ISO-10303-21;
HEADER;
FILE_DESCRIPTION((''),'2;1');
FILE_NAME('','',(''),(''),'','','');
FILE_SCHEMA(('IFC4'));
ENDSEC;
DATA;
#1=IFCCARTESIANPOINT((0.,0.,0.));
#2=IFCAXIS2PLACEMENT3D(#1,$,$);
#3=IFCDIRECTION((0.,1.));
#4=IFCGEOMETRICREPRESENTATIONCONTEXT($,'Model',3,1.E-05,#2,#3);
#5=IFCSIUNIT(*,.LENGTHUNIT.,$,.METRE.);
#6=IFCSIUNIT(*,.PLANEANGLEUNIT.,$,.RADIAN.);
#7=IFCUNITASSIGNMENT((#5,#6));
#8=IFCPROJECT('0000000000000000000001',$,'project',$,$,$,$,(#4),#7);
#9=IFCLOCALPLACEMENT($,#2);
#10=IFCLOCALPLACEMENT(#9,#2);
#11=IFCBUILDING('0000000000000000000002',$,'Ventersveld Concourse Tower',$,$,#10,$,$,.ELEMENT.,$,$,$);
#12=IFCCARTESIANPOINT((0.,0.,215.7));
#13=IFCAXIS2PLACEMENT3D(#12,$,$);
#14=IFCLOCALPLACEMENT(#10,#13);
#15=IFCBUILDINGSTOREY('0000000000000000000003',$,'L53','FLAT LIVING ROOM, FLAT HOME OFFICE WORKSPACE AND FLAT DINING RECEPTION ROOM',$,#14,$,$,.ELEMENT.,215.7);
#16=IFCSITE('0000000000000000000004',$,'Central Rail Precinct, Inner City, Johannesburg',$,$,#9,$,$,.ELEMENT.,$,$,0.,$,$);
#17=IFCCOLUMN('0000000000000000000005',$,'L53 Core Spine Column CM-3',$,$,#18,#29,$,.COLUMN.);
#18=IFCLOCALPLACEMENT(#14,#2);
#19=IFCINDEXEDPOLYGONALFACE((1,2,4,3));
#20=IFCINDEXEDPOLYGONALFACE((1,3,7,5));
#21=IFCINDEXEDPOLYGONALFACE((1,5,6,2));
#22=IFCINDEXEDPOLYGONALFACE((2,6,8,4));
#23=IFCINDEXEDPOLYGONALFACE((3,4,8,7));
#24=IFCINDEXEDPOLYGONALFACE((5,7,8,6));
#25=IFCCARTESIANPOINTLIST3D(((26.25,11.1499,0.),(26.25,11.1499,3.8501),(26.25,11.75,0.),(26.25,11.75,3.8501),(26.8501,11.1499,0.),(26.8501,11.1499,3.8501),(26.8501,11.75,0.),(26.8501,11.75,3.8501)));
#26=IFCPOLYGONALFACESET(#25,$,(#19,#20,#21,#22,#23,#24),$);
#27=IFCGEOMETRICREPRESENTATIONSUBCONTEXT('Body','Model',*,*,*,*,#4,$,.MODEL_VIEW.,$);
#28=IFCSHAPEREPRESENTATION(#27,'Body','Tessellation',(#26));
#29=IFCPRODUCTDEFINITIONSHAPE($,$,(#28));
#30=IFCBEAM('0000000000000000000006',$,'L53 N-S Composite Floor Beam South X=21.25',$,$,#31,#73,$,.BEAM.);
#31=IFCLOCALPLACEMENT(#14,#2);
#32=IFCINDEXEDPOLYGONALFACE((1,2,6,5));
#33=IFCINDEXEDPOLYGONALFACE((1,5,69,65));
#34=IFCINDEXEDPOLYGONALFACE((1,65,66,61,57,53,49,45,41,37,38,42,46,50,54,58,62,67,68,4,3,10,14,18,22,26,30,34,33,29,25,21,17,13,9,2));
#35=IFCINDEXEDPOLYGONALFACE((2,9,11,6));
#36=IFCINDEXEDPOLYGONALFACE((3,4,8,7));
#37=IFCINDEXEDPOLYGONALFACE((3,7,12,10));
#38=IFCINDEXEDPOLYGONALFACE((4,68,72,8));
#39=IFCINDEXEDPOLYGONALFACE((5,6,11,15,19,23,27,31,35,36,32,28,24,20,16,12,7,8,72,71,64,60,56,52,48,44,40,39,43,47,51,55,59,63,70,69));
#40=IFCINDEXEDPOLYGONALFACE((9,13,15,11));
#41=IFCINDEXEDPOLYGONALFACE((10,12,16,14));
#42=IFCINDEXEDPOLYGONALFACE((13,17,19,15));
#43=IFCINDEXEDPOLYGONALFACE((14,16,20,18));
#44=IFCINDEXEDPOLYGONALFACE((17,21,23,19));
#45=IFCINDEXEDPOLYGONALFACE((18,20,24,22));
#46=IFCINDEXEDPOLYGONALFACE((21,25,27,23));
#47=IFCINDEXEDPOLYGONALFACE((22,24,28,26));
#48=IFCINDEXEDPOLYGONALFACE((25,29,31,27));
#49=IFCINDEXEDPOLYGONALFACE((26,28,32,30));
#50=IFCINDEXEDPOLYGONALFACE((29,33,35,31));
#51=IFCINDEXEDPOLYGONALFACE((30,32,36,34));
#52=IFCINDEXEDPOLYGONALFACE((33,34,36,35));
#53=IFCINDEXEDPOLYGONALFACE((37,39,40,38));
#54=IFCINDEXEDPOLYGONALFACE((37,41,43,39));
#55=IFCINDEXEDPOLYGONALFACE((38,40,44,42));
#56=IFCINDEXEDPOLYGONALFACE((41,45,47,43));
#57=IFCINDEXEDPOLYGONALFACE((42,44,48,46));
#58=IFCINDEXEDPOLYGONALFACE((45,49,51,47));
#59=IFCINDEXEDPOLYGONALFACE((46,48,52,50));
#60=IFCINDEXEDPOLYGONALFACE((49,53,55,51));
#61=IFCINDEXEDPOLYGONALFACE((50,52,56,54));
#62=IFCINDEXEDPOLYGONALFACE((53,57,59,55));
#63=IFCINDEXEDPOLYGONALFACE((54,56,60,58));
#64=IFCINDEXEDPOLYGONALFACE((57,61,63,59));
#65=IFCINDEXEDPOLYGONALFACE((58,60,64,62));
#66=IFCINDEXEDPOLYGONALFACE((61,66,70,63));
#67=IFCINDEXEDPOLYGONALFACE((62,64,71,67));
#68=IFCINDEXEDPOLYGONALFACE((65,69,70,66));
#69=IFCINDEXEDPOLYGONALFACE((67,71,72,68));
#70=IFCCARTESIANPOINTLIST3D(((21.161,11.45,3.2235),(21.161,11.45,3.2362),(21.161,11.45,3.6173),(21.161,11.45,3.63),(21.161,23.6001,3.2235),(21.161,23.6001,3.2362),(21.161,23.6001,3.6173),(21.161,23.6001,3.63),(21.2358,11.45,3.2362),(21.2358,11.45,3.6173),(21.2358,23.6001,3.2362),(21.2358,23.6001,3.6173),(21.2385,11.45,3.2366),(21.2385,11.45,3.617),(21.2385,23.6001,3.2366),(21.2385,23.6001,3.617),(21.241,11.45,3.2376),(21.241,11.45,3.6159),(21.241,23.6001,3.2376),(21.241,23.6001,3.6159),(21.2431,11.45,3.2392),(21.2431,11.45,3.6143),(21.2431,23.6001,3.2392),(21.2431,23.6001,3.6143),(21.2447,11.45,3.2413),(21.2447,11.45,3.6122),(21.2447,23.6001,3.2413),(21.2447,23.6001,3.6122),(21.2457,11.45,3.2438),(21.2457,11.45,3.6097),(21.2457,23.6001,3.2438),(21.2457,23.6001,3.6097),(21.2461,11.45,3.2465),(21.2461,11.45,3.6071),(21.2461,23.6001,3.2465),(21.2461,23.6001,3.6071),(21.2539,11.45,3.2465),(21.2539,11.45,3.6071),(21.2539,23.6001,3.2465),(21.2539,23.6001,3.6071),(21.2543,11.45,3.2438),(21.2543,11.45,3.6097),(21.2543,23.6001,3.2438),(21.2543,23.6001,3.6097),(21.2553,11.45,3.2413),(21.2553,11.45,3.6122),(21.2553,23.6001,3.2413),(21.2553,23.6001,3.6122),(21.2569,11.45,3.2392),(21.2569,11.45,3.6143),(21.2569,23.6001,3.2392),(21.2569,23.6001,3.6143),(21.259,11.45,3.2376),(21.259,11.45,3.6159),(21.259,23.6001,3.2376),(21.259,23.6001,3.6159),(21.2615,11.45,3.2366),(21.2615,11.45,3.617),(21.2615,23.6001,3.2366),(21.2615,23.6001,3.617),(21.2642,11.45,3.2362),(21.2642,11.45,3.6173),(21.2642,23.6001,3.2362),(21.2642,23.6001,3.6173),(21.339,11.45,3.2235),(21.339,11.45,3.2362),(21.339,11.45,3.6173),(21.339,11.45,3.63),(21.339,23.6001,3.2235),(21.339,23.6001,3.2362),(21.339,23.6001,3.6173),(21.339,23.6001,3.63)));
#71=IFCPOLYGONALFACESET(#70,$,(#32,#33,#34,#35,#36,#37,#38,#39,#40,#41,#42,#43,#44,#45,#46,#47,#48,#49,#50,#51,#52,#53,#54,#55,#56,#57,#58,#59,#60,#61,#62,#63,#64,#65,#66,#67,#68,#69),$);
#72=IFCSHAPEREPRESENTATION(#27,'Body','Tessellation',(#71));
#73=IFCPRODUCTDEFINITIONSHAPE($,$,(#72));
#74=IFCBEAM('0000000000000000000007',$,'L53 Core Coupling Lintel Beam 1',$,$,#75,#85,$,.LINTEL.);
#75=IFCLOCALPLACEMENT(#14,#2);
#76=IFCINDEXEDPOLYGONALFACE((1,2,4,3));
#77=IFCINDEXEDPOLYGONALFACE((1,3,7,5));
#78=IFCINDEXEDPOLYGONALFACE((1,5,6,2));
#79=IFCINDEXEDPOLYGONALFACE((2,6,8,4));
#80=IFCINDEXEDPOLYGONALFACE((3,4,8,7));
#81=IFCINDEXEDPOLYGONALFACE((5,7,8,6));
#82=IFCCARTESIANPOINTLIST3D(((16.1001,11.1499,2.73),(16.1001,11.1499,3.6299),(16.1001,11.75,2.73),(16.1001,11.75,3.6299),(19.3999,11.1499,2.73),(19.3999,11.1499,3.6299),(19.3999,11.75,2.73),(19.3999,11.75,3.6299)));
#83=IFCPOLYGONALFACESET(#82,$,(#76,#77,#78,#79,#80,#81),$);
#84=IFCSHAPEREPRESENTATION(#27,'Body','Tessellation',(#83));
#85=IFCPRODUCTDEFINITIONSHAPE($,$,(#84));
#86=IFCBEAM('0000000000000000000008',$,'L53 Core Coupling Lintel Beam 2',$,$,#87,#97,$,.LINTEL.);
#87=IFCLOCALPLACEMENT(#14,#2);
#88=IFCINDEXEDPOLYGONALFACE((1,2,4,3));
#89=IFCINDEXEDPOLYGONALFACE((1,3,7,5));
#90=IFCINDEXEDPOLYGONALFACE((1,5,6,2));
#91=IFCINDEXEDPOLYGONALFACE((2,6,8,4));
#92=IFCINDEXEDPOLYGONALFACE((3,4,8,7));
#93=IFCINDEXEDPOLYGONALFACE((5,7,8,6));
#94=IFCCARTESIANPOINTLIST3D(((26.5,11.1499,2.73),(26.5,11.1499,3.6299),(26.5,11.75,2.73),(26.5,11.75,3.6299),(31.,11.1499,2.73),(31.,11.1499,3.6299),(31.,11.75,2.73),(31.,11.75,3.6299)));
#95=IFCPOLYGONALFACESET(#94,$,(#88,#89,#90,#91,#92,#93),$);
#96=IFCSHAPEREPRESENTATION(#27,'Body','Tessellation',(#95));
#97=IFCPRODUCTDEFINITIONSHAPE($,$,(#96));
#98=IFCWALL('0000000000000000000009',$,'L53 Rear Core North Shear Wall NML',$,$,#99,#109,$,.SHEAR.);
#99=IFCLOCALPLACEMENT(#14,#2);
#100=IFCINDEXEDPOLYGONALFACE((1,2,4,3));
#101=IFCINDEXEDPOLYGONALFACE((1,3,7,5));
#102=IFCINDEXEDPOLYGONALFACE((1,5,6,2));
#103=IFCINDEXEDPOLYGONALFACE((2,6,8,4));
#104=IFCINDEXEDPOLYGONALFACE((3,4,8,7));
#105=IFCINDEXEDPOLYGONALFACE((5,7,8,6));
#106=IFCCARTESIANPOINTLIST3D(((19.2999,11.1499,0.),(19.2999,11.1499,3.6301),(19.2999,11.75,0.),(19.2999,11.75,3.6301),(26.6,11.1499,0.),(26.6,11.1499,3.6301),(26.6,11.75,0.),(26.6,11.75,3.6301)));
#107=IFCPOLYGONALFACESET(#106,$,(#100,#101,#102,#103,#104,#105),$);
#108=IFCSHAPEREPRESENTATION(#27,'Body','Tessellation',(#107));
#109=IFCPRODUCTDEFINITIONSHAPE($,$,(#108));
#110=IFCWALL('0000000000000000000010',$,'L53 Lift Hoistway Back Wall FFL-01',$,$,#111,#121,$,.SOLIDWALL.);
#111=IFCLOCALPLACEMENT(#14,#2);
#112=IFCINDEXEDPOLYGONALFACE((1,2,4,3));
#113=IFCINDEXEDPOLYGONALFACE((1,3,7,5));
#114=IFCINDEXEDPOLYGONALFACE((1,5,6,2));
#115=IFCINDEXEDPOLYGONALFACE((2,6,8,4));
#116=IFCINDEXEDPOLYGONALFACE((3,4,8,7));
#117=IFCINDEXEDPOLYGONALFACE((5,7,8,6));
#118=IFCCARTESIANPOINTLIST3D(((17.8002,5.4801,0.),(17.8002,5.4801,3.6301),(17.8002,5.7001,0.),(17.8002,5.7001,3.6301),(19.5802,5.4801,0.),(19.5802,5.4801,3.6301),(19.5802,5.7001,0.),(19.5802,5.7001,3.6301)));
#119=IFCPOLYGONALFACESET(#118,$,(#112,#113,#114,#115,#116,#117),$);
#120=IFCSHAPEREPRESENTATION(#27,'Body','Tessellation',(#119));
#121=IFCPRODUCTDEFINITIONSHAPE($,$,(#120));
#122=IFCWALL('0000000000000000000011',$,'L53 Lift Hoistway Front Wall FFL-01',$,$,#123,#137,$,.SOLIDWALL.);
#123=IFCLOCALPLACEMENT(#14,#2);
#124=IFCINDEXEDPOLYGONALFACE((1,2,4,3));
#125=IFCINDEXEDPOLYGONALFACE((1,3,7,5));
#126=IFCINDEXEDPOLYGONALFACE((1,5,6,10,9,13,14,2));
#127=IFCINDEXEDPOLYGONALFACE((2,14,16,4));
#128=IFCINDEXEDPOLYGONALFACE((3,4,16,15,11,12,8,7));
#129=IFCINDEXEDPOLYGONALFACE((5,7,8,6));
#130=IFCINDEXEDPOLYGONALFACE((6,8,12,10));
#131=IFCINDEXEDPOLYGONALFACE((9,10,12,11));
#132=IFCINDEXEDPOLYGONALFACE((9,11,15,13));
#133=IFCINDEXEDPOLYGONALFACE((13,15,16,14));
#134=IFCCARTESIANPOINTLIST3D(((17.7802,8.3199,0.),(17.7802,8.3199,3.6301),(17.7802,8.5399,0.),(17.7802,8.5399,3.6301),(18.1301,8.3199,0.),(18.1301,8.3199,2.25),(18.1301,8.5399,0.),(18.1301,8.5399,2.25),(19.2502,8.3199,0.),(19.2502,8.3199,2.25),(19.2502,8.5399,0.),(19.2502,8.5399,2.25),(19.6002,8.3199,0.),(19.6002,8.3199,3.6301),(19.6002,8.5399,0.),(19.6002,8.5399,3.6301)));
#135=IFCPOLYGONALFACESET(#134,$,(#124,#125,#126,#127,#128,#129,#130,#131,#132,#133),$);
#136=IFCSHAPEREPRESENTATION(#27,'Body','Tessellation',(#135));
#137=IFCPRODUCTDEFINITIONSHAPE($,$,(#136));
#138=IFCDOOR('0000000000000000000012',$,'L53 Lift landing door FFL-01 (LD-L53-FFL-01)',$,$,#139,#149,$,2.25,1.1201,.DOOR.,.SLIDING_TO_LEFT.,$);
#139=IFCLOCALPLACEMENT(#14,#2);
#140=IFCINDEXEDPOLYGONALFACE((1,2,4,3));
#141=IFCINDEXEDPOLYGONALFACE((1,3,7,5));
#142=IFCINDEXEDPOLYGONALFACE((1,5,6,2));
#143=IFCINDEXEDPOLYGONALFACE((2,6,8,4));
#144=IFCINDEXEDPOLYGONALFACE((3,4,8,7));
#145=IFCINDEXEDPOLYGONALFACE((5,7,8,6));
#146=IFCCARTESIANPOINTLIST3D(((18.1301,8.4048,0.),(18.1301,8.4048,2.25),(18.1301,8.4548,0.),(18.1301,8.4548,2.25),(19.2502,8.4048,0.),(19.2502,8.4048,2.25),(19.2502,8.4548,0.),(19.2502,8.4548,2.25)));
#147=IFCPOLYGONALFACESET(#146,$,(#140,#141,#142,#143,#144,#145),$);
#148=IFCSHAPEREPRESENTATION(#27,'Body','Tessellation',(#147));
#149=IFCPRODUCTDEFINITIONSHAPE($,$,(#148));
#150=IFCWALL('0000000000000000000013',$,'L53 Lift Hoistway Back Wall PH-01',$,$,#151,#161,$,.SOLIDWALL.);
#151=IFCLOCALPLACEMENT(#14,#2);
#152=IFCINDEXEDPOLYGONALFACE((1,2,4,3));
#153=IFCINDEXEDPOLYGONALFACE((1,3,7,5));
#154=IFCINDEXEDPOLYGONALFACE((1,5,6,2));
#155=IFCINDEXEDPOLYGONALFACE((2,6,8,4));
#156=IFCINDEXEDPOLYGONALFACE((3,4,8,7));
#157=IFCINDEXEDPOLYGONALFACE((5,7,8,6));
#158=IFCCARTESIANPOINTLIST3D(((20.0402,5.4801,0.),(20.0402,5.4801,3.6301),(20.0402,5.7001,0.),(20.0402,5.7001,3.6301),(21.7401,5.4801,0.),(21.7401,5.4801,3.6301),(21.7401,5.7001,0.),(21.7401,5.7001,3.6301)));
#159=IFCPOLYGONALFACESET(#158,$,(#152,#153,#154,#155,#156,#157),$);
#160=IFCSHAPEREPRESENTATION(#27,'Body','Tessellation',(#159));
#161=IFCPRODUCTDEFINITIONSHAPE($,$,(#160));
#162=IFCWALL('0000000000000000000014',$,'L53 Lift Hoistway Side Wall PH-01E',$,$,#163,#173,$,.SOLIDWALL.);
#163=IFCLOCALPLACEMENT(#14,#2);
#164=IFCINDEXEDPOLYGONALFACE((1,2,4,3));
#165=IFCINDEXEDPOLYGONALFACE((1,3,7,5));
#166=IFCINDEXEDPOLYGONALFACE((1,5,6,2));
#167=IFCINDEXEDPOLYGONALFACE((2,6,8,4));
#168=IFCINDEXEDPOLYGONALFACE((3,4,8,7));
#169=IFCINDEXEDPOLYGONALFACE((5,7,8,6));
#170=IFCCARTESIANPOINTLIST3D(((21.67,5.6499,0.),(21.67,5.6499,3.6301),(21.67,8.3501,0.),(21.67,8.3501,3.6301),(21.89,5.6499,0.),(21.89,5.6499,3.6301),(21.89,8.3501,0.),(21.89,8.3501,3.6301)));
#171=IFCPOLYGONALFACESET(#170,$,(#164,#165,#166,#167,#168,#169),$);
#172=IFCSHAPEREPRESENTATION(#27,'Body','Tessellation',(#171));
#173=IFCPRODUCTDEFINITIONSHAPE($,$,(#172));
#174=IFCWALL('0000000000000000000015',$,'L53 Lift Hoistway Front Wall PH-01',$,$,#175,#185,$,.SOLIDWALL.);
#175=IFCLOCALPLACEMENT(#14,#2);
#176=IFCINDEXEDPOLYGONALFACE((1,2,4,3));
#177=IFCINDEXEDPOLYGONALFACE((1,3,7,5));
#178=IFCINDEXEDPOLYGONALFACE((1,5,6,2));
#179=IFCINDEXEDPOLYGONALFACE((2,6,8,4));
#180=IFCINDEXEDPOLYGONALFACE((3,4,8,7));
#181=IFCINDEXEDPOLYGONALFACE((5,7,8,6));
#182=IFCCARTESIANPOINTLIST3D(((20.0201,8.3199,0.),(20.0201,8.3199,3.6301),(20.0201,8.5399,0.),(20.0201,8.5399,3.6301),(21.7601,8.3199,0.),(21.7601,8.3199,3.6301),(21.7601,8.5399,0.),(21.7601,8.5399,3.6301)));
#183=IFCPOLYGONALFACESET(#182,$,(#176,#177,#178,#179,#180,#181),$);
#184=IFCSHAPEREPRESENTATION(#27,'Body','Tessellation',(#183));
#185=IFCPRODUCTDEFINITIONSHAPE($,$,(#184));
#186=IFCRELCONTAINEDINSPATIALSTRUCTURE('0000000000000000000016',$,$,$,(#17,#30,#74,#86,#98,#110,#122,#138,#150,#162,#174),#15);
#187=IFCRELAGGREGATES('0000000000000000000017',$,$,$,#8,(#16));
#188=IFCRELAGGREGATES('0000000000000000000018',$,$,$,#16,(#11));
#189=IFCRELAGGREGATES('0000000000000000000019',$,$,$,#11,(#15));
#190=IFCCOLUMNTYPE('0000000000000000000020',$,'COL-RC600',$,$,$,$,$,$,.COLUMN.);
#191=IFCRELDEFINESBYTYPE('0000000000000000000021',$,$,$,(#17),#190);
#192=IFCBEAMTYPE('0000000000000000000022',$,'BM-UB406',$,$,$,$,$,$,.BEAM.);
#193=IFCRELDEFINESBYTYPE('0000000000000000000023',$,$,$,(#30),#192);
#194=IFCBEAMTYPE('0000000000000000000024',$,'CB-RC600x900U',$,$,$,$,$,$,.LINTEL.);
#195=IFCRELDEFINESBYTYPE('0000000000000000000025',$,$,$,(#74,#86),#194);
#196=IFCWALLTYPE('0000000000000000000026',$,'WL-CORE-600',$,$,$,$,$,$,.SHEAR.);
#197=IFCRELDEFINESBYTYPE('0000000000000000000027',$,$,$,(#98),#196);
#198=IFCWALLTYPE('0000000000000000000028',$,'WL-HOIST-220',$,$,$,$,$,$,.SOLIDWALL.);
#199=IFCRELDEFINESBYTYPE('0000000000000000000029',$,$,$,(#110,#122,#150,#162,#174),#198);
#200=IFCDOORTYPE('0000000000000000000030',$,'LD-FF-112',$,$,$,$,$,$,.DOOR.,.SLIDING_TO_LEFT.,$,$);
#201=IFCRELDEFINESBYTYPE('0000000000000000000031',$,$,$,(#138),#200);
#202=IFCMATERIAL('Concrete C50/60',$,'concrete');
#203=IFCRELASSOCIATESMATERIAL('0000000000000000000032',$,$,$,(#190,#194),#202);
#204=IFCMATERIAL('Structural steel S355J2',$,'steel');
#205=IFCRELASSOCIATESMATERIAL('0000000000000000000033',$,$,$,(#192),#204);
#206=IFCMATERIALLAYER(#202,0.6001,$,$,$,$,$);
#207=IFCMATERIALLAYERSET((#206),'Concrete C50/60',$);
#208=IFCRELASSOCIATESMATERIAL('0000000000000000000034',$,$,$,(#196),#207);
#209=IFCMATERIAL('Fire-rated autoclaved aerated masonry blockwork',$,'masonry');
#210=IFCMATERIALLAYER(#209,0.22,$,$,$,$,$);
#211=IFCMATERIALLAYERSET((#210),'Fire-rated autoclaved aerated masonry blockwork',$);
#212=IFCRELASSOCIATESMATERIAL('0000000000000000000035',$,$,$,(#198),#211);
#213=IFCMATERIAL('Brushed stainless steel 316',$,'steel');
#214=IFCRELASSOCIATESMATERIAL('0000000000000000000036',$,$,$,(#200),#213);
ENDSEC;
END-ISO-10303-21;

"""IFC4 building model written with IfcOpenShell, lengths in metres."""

from ifc_helpers import new_model, si_unit, direction, frame, frame_2d, origin, origin_2d, place, context, subcontext, project, spatial, rectangle, i_section, extrude, material, layer, layer_set, material_profile, profile_set, type_object, element, fill, save


model = new_model("IFC4")

# Units and contexts
model_context = context("Model", 3, precision=1e-05, world=origin(), true_north=direction((0.0, 1.0)))
body_context = subcontext(model_context, "Body", "Model", "MODEL_VIEW")
ifc_project = project(units=[si_unit("LENGTHUNIT", "METRE"), si_unit("PLANEANGLEUNIT", "RADIAN")], contexts=[model_context])

# Site, building, storey
site_placement = place(None, origin())
site = spatial("IfcSite", under=ifc_project, at=site_placement, Name="Central Rail Precinct, Inner City, Johannesburg", CompositionType="ELEMENT", RefElevation=0.0)
building_placement = place(site_placement, origin())
building = spatial("IfcBuilding", under=site, at=building_placement, Name="Ventersveld Concourse Tower", CompositionType="ELEMENT")
storey_placement = place(building_placement, frame((0.0, 0.0, 215.7)))
storey = spatial("IfcBuildingStorey", under=building, at=storey_placement, Name="L53", Description="FLAT LIVING ROOM, FLAT HOME OFFICE WORKSPACE AND FLAT DINING RECEPTION ROOM", CompositionType="ELEMENT", Elevation=215.7)

# Column
ifc_material_1 = material(Name="Concrete C50/60", Category="concrete")
ifc_material_profile_1 = material_profile(ifc_material_1, rectangle(XDim=0.6001, YDim=0.6001, at=origin_2d()), Name="RC 600x600")
ifc_profile_set_1 = profile_set([ifc_material_profile_1], Name="Concrete C50/60")
column_type = type_object("IfcColumnType", Name="COL-RC600", PredefinedType="COLUMN", material=ifc_profile_set_1)
column_placement = place(storey_placement, frame((26.55, 11.45, 0.0), z_axis=(0.0, 0.0, 1.0), x_axis=(1.0, 0.0, 0.0)))
element("IfcColumn", 1, at=column_placement, inside=storey, type_object=column_type, Name="L53 Core Spine Column CM-3", PredefinedType="COLUMN", context=body_context, shape_type="SweptSolid", body=[
    extrude(rectangle(XDim=0.6001, YDim=0.6001, at=origin_2d()), origin(), (0.0, 0.0, 1.0), 3.8501),
])

# Beams
ifc_material_2 = material(Name="Structural steel S355J2", Category="steel")
ifc_material_profile_2 = material_profile(ifc_material_2, i_section(OverallWidth=0.178, OverallDepth=0.4065, WebThickness=0.0078, FlangeThickness=0.0127, FilletRadius=0.0103, at=origin_2d()), Name="UB 406x178x60")
ifc_profile_set_2 = profile_set([ifc_material_profile_2], Name="Structural steel S355J2")
beam_type_1 = type_object("IfcBeamType", Name="BM-UB406", PredefinedType="BEAM", material=ifc_profile_set_2)
beam_1_placement = place(storey_placement, frame((21.25, 11.45, 3.4268), z_axis=(0.0, 1.0, 0.0), x_axis=(-1.0, 0.0, 0.0)))
element("IfcBeam", 2, at=beam_1_placement, inside=storey, type_object=beam_type_1, Name="L53 N-S Composite Floor Beam South X=21.25", PredefinedType="BEAM", context=body_context, shape_type="SweptSolid", body=[
    extrude(i_section(OverallWidth=0.178, OverallDepth=0.4065, WebThickness=0.0078, FlangeThickness=0.0127, FilletRadius=0.0103, at=origin_2d()), origin(), (0.0, 0.0, 1.0), 12.1501),
])
ifc_material_profile_3 = material_profile(ifc_material_1, rectangle(XDim=0.6001, YDim=0.8999, at=origin_2d()), Name="RC 600x900")
ifc_profile_set_3 = profile_set([ifc_material_profile_3], Name="Concrete C50/60")
beam_type_2 = type_object("IfcBeamType", Name="CB-RC600x900U", PredefinedType="LINTEL", material=ifc_profile_set_3)
beam_2_placement = place(storey_placement, frame((16.1001, 11.45, 3.1799), z_axis=(1.0, 0.0, 0.0), x_axis=(0.0, 1.0, 0.0)))
element("IfcBeam", 3, at=beam_2_placement, inside=storey, type_object=beam_type_2, Name="L53 Core Coupling Lintel Beam 1", PredefinedType="LINTEL", context=body_context, shape_type="SweptSolid", body=[
    extrude(rectangle(XDim=0.6001, YDim=0.8999, at=origin_2d()), origin(), (0.0, 0.0, 1.0), 3.2998),
])
beam_3_placement = place(storey_placement, frame((26.5, 11.45, 3.1799), z_axis=(1.0, 0.0, 0.0), x_axis=(0.0, 1.0, 0.0)))
element("IfcBeam", 4, at=beam_3_placement, inside=storey, type_object=beam_type_2, Name="L53 Core Coupling Lintel Beam 2", PredefinedType="LINTEL", context=body_context, shape_type="SweptSolid", body=[
    extrude(rectangle(XDim=0.6001, YDim=0.8999, at=origin_2d()), origin(), (0.0, 0.0, 1.0), 4.5),
])

# Walls
ifc_layer_1 = layer(ifc_material_1, 0.6001)
ifc_layer_set_1 = layer_set([ifc_layer_1], Name="Concrete C50/60")
wall_type_1 = type_object("IfcWallType", Name="WL-CORE-600", PredefinedType="SHEAR", material=ifc_layer_set_1)
wall_1_placement = place(storey_placement, frame((19.3, 11.45, 0.0), z_axis=(0.0, 0.0, 1.0), x_axis=(1.0, 0.0, 0.0)))
element("IfcWall", 5, at=wall_1_placement, inside=storey, type_object=wall_type_1, Name="L53 Rear Core North Shear Wall NML", PredefinedType="SHEAR", context=body_context, shape_type="SweptSolid", body=[
    extrude(rectangle(XDim=7.3, YDim=0.6001, at=frame_2d((3.6499, 0.0))), origin(), (0.0, 0.0, 1.0), 3.6301),
])
ifc_material_3 = material(Name="Fire-rated autoclaved aerated masonry blockwork", Category="masonry")
ifc_layer_2 = layer(ifc_material_3, 0.22)
ifc_layer_set_2 = layer_set([ifc_layer_2], Name="Fire-rated autoclaved aerated masonry blockwork")
wall_type_2 = type_object("IfcWallType", Name="WL-HOIST-220", PredefinedType="SOLIDWALL", material=ifc_layer_set_2)
wall_2_placement = place(storey_placement, frame((17.8, 5.5901, 0.0), z_axis=(0.0, 0.0, 1.0), x_axis=(1.0, 0.0, 0.0)))
element("IfcWall", 6, at=wall_2_placement, inside=storey, type_object=wall_type_2, Name="L53 Lift Hoistway Back Wall FFL-01", PredefinedType="SOLIDWALL", context=body_context, shape_type="SweptSolid", body=[
    extrude(rectangle(XDim=1.78, YDim=0.22, at=frame_2d((0.8901, 0.0))), origin(), (0.0, 0.0, 1.0), 3.6301),
])

# Wall, opening, door
wall_3_placement = place(storey_placement, frame((17.78, 8.4299, 0.0), z_axis=(0.0, 0.0, 1.0), x_axis=(1.0, 0.0, 0.0)))
wall_3 = element("IfcWall", 7, at=wall_3_placement, inside=storey, type_object=wall_type_2, Name="L53 Lift Hoistway Front Wall FFL-01", PredefinedType="SOLIDWALL", context=body_context, shape_type="SweptSolid", body=[
    extrude(rectangle(XDim=1.8201, YDim=0.22, at=frame_2d((0.9102, 0.0))), origin(), (0.0, 0.0, 1.0), 3.6301),
])
opening_1_placement = place(wall_3_placement, frame((0.3501, 0.0, 0.0)))
opening_1 = element("IfcOpeningElement", 8, at=opening_1_placement, cuts=wall_3, PredefinedType="OPENING", context=body_context, shape_type="SweptSolid", body=[
    extrude(rectangle(XDim=1.1201, YDim=2.25, at=frame_2d((0.5601, 1.125))), frame((0.0, 0.1201, 0.0), z_axis=(0.0, -1.0, 0.0), x_axis=(1.0, 0.0, 0.0)), (0.0, 0.0, 1.0), 0.24),
])
ifc_material_4 = material(Name="Brushed stainless steel 316", Category="steel")
door_type_1 = type_object("IfcDoorType", Name="LD-FF-112", OperationType="SLIDING_TO_LEFT", PredefinedType="DOOR", material=ifc_material_4)
door_1_placement = place(opening_1_placement, origin())
door_1 = element("IfcDoor", 9, at=door_1_placement, inside=storey, type_object=door_type_1, Name="L53 Lift landing door FFL-01 (LD-L53-FFL-01)", OperationType="SLIDING_TO_LEFT", OverallHeight=2.25, OverallWidth=1.1201, PredefinedType="DOOR", context=body_context, shape_type="SweptSolid", body=[
    extrude(rectangle(XDim=1.1201, YDim=2.25, at=frame_2d((0.5601, 1.125))), frame((0.0, 0.0249, 0.0), z_axis=(0.0, -1.0, 0.0), x_axis=(1.0, 0.0, 0.0)), (0.0, 0.0, 1.0), 0.05),
])
fill(opening_1, door_1)

# Walls
wall_4_placement = place(storey_placement, frame((20.04, 5.5901, 0.0), z_axis=(0.0, 0.0, 1.0), x_axis=(1.0, 0.0, 0.0)))
element("IfcWall", 10, at=wall_4_placement, inside=storey, type_object=wall_type_2, Name="L53 Lift Hoistway Back Wall PH-01", PredefinedType="SOLIDWALL", context=body_context, shape_type="SweptSolid", body=[
    extrude(rectangle(XDim=1.7, YDim=0.22, at=frame_2d((0.8501, 0.0))), origin(), (0.0, 0.0, 1.0), 3.6301),
])
wall_5_placement = place(storey_placement, frame((21.78, 5.6499, 0.0), z_axis=(0.0, 0.0, 1.0), x_axis=(0.0, 1.0, 0.0)))
element("IfcWall", 11, at=wall_5_placement, inside=storey, type_object=wall_type_2, Name="L53 Lift Hoistway Side Wall PH-01E", PredefinedType="SOLIDWALL", context=body_context, shape_type="SweptSolid", body=[
    extrude(rectangle(XDim=2.7002, YDim=0.22, at=frame_2d((1.3501, 0.0))), origin(), (0.0, 0.0, 1.0), 3.6301),
])
wall_6_placement = place(storey_placement, frame((20.02, 8.4299, 0.0), z_axis=(0.0, 0.0, 1.0), x_axis=(1.0, 0.0, 0.0)))
element("IfcWall", 12, at=wall_6_placement, inside=storey, type_object=wall_type_2, Name="L53 Lift Hoistway Front Wall PH-01", PredefinedType="SOLIDWALL", context=body_context, shape_type="SweptSolid", body=[
    extrude(rectangle(XDim=1.74, YDim=0.22, at=frame_2d((0.8701, 0.0))), origin(), (0.0, 0.0, 1.0), 3.6301),
])

save(model, "model.ifc")
